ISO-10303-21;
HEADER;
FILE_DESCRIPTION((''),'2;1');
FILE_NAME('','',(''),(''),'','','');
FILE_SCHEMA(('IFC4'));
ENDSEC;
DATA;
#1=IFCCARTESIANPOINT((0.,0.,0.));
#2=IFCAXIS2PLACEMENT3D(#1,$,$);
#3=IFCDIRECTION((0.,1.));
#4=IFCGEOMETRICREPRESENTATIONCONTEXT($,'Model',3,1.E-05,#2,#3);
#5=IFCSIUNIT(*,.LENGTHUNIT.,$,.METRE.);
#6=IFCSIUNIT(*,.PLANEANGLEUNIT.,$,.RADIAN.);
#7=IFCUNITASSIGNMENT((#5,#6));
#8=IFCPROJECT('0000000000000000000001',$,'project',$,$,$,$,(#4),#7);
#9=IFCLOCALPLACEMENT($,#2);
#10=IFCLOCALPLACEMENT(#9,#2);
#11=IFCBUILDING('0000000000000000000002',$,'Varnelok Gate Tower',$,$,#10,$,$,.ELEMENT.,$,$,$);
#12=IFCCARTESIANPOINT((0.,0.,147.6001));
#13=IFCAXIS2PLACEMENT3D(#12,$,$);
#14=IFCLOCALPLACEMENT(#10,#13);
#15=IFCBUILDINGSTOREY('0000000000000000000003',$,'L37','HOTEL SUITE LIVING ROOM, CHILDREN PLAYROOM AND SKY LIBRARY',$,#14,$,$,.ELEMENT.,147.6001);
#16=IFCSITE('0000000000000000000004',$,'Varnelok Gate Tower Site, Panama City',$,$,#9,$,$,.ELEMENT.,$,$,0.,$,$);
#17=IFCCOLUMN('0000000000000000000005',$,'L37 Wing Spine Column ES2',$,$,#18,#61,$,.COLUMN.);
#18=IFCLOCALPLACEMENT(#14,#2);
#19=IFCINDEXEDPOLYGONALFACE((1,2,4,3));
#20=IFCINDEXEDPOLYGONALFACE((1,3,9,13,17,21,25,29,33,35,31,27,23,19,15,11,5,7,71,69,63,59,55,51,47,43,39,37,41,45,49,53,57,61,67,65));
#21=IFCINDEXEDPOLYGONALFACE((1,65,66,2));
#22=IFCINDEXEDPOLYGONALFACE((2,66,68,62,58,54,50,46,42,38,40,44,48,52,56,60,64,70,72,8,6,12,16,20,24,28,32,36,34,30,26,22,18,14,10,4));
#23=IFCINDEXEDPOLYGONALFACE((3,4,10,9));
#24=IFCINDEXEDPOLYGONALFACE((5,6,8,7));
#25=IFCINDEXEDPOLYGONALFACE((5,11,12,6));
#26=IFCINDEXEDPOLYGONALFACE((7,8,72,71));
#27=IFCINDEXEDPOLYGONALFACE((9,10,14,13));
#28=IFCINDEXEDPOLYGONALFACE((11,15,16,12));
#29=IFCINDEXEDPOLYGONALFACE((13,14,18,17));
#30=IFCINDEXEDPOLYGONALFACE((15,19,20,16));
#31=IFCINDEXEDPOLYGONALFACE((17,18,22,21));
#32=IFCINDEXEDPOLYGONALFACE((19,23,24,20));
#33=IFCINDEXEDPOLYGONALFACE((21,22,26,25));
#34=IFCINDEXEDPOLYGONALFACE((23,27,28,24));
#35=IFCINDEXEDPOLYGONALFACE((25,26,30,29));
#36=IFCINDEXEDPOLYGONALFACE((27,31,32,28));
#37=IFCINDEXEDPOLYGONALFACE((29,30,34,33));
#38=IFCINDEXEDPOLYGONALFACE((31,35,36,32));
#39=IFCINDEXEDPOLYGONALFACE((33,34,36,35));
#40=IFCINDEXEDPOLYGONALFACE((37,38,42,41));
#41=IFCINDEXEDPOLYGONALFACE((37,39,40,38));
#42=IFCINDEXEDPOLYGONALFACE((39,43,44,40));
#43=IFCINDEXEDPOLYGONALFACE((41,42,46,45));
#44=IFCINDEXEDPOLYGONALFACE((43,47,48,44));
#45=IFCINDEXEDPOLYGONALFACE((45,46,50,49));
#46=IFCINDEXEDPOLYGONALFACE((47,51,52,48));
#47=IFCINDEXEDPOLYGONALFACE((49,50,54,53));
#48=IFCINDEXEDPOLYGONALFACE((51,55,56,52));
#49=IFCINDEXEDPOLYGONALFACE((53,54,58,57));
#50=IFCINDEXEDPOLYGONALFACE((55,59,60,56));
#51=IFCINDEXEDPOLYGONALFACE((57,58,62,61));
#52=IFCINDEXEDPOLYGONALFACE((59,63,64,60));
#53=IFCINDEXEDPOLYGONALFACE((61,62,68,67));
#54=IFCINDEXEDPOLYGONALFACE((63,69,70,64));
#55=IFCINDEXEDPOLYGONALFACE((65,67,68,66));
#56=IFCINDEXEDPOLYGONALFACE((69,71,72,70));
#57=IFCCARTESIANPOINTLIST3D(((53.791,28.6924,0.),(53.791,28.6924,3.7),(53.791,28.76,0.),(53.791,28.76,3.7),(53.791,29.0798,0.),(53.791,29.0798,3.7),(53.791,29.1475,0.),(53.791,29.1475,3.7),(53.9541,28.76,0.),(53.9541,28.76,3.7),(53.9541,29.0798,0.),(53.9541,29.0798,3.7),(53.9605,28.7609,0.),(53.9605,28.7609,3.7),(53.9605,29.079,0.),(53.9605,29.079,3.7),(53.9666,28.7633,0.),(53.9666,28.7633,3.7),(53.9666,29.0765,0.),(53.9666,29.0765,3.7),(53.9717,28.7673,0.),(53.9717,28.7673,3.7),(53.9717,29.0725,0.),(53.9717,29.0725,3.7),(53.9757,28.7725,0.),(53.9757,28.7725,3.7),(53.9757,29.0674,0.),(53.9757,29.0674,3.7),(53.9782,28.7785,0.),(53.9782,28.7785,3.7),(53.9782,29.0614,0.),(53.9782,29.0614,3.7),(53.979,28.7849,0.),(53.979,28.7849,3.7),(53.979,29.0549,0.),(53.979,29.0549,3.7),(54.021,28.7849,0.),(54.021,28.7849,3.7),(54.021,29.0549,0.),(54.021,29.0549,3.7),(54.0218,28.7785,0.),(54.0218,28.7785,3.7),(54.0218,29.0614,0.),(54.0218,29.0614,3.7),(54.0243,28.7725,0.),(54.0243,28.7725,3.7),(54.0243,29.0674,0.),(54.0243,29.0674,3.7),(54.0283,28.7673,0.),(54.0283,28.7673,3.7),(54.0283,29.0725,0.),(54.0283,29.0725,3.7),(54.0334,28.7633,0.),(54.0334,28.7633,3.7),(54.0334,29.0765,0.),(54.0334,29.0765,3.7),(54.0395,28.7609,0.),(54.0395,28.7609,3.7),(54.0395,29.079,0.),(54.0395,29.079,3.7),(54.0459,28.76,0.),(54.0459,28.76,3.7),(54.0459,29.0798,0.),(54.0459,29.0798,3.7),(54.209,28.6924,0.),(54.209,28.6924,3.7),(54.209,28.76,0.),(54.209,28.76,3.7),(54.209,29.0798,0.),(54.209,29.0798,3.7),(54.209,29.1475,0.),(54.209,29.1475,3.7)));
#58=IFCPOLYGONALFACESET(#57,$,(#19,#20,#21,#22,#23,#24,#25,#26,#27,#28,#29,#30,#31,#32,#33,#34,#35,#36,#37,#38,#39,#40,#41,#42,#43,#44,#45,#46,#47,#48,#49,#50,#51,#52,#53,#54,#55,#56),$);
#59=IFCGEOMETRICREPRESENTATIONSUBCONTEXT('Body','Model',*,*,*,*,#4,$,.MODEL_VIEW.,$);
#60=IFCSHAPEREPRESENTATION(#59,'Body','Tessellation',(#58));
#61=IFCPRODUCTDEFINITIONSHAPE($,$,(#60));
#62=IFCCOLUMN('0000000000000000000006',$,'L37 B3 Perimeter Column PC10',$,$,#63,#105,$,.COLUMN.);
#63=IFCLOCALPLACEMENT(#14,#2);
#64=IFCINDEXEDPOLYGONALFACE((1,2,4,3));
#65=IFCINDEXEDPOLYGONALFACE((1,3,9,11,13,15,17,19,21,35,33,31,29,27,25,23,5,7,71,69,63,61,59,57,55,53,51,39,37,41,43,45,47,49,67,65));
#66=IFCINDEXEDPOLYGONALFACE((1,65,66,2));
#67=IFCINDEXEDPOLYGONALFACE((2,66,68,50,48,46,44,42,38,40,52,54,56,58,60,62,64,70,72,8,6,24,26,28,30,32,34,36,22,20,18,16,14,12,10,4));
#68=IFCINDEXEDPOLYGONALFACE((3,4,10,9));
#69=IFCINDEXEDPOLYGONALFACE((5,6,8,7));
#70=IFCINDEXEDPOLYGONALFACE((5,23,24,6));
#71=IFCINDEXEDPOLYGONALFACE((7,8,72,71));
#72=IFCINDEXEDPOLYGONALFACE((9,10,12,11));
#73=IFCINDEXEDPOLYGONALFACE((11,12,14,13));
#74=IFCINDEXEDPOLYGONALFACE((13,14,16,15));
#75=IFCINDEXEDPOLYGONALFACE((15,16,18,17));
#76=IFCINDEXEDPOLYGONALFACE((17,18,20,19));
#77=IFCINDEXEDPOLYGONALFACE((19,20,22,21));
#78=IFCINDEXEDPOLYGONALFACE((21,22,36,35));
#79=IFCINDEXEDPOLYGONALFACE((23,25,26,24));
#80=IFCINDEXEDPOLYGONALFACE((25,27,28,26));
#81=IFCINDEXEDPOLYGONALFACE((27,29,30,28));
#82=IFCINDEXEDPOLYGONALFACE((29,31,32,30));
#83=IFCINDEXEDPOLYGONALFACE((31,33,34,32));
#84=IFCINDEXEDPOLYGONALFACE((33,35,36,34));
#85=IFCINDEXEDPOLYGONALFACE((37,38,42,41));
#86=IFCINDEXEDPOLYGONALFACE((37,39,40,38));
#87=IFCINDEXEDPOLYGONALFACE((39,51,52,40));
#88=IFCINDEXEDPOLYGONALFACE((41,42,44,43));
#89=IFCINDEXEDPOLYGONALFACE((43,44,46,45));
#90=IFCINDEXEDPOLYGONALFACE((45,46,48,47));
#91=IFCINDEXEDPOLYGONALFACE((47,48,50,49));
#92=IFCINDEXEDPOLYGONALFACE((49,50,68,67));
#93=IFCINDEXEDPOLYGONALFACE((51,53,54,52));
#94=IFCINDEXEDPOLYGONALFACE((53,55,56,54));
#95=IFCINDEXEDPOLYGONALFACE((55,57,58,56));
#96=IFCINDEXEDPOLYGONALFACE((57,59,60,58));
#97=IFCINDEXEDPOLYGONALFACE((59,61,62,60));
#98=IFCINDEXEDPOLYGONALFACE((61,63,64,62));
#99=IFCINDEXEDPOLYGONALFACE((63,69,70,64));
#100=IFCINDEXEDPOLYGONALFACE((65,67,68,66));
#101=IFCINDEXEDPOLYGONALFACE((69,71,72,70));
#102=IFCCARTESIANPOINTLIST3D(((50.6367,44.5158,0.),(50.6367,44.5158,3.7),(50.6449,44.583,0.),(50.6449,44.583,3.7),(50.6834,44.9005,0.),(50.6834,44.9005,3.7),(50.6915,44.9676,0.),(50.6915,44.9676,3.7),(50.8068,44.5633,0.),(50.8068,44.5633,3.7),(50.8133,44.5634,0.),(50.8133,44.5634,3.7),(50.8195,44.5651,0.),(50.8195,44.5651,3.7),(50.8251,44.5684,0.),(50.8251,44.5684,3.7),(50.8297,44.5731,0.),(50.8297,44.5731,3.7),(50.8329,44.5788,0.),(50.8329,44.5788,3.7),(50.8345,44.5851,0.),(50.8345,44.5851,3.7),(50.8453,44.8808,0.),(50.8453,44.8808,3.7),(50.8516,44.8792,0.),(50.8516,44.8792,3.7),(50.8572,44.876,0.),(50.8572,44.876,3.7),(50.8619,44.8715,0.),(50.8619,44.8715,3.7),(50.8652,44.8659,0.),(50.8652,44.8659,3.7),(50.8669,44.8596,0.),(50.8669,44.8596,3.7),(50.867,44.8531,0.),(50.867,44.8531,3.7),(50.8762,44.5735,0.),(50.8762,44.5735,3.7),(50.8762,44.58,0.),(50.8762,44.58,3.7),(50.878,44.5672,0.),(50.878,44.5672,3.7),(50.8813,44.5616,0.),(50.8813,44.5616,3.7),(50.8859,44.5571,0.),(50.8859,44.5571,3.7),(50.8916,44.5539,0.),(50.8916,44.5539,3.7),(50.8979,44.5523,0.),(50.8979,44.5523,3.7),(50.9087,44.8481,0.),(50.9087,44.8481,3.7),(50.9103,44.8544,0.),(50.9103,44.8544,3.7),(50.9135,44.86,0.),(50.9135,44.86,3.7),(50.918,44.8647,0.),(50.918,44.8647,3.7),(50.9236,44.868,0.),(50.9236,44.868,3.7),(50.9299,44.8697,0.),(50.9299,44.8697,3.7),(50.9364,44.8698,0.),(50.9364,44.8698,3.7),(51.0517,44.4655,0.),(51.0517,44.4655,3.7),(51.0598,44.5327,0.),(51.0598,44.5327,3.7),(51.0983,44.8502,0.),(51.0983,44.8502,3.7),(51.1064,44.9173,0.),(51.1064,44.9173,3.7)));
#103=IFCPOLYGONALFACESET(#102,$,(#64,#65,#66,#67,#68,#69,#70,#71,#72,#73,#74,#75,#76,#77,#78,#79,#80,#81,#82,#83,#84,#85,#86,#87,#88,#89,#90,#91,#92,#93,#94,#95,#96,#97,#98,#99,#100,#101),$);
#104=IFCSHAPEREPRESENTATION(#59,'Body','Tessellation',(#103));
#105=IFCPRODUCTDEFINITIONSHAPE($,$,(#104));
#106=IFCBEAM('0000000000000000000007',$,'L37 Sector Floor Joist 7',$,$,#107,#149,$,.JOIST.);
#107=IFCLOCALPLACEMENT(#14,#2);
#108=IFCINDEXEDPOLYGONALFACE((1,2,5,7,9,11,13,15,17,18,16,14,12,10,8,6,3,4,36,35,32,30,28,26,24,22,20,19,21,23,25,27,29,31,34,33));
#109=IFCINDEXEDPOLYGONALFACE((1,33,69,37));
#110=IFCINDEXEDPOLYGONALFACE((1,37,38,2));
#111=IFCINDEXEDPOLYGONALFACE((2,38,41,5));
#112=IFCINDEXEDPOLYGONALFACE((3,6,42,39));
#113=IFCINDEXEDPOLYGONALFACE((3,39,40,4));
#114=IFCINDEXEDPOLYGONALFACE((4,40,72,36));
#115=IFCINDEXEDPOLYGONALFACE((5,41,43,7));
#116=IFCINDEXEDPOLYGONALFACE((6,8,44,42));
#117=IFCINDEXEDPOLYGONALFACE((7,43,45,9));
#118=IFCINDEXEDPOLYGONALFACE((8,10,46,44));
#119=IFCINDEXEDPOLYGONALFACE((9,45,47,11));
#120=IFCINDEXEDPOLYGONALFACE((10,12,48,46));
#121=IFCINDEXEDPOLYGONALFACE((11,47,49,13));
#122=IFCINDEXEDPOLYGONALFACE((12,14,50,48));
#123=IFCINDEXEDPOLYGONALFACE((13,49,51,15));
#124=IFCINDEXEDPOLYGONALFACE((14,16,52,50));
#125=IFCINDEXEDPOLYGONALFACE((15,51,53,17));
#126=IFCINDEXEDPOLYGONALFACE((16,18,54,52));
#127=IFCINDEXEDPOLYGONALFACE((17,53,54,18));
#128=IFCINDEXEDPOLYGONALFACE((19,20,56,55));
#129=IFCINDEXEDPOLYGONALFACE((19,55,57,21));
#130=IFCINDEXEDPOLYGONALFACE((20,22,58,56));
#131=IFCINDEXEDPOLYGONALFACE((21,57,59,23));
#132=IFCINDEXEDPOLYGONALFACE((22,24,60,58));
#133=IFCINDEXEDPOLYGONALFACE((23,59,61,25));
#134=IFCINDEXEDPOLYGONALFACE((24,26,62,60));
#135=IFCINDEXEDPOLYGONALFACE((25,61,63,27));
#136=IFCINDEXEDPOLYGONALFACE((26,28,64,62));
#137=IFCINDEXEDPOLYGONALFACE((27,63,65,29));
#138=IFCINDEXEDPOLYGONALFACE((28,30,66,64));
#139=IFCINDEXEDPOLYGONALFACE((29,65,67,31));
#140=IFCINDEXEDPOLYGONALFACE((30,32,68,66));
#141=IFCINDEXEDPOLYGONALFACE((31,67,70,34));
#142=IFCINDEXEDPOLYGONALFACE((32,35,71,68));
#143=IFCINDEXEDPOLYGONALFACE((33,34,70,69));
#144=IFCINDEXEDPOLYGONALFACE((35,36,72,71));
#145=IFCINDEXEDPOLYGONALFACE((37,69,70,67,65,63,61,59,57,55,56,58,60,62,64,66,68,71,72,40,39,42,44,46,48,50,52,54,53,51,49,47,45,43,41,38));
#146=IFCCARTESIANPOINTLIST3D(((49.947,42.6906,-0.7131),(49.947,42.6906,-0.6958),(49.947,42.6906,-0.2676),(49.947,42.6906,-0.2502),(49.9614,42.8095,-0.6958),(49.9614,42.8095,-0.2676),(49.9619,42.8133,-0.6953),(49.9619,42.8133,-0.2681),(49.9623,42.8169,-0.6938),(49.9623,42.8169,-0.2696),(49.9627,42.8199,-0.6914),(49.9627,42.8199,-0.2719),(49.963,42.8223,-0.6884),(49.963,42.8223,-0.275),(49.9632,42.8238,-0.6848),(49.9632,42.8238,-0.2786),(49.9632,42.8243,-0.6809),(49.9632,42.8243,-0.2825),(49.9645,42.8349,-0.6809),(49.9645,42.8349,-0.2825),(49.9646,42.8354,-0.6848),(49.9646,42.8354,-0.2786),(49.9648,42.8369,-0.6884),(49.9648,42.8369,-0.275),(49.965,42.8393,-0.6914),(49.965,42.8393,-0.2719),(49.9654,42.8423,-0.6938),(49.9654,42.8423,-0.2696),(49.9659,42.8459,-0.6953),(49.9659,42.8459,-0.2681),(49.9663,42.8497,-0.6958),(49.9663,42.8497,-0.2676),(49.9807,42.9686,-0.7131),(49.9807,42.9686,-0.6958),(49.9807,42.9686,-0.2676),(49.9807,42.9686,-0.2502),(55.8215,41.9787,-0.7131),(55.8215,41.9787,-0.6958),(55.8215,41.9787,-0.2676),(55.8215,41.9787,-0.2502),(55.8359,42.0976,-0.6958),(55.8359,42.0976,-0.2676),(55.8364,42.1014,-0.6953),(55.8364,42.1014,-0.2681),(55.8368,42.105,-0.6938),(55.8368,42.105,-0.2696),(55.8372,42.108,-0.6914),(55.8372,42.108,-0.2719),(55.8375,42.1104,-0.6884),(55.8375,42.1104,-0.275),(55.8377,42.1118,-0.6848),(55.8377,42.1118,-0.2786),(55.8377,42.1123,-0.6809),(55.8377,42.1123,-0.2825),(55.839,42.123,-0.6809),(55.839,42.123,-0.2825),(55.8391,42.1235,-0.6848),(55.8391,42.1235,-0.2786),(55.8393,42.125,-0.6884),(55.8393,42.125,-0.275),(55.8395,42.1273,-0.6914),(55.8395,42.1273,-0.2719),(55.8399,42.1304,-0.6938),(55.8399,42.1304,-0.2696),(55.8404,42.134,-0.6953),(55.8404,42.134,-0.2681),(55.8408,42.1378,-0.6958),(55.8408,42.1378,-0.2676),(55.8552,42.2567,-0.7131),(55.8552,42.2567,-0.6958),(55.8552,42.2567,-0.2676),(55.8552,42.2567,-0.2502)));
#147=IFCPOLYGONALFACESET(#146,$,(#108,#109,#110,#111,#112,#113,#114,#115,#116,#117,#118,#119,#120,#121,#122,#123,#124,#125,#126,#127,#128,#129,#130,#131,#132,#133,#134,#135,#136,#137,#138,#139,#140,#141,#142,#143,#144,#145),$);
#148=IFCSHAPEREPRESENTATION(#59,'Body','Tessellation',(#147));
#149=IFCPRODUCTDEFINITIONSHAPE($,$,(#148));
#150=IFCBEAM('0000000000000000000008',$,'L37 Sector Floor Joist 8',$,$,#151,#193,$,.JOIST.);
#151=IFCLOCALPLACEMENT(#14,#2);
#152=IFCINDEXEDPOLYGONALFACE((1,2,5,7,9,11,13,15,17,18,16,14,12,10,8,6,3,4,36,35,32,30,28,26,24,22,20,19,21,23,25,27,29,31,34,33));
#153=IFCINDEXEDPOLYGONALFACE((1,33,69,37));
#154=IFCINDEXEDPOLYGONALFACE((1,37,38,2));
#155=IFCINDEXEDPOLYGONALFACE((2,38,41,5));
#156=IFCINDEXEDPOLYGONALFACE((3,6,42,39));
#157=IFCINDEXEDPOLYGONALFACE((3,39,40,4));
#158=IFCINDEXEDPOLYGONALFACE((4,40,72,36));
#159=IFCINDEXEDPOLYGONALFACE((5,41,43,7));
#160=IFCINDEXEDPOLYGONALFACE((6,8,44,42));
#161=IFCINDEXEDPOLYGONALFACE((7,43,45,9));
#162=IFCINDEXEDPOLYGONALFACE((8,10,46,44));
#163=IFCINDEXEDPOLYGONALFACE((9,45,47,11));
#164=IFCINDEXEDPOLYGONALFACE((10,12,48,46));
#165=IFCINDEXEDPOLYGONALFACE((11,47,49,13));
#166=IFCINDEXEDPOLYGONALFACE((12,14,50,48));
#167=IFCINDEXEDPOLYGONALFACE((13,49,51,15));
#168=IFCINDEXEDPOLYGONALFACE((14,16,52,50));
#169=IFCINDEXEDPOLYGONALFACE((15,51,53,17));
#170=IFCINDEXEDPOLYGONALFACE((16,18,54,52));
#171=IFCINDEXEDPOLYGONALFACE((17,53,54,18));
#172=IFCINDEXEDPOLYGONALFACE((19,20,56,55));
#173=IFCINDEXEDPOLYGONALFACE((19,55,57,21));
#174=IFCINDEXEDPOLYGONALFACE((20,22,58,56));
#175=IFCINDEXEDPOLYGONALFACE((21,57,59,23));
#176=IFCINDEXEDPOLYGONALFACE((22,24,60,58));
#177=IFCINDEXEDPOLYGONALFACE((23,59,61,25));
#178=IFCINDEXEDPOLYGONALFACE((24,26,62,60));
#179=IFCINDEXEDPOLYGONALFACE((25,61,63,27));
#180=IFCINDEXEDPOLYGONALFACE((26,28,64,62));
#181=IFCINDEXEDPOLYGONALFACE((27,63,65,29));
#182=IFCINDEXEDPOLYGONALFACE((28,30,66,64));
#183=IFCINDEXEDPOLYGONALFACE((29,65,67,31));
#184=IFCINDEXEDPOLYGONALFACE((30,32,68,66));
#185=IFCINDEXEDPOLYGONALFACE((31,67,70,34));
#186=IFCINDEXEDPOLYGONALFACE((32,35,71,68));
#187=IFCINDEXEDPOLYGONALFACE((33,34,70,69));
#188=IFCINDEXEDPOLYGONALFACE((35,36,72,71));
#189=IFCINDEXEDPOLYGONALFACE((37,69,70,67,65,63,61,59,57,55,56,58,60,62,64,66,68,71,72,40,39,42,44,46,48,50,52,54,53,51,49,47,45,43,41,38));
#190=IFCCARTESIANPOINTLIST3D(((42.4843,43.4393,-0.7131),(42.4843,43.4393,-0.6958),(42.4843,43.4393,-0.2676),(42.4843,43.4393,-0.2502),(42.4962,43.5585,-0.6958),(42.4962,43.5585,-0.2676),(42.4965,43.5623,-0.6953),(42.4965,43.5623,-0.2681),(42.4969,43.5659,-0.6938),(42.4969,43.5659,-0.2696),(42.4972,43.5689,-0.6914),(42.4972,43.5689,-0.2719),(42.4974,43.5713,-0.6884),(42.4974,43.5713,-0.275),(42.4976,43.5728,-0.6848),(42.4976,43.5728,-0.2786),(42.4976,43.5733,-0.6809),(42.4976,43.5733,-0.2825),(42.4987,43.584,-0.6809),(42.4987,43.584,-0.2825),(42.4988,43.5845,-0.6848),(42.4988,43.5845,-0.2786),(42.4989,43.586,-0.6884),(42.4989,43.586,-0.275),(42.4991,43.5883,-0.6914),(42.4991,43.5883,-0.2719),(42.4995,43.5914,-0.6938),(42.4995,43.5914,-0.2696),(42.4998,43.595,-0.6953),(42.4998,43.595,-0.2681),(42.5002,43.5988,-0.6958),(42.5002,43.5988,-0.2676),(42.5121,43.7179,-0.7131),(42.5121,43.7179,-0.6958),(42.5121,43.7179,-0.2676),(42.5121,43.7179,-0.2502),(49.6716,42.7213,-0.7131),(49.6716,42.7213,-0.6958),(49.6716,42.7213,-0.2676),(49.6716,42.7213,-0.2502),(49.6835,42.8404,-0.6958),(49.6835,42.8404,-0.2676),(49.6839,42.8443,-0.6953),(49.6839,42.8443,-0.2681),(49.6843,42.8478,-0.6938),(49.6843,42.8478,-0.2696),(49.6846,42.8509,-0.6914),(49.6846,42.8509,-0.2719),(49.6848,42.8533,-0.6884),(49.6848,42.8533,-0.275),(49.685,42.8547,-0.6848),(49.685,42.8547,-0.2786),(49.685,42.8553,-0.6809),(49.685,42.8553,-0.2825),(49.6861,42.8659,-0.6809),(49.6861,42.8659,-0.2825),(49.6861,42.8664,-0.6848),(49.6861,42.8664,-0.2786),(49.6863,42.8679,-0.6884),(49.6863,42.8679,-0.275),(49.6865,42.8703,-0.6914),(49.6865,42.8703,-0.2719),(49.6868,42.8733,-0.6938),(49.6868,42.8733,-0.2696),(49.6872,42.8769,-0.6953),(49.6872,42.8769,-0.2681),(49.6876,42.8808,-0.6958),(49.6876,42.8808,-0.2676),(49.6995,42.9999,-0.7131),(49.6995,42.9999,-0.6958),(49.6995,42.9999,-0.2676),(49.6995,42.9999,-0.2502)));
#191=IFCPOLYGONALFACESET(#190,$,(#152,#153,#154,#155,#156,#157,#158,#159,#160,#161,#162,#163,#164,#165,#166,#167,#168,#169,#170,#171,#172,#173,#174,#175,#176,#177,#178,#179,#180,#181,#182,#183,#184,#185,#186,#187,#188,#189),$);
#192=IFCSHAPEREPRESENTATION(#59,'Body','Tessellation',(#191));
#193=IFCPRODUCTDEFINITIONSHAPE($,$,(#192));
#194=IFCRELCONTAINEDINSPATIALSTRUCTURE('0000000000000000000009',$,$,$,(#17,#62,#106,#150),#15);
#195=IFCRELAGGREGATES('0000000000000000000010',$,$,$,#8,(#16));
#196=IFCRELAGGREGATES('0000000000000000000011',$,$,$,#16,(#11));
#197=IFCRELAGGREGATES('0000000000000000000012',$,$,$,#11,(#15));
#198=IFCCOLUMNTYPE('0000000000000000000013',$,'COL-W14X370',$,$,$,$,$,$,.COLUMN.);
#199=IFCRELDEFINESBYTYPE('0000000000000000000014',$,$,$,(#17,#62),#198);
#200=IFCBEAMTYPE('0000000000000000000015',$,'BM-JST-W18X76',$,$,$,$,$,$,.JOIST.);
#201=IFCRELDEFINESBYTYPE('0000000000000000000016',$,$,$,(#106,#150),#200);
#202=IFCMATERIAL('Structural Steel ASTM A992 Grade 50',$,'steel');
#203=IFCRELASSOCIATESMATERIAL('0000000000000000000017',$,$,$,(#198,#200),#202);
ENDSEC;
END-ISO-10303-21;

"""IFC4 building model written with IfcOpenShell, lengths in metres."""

from ifc_helpers import new_model, si_unit, direction, frame, origin, origin_2d, place, context, subcontext, project, spatial, i_section, extrude, material, material_profile, profile_set, type_object, element, save


model = new_model("IFC4")

# Units and contexts
model_context = context("Model", 3, precision=1e-05, world=origin(), true_north=direction((0.0, 1.0)))
body_context = subcontext(model_context, "Body", "Model", "MODEL_VIEW")
ifc_project = project(units=[si_unit("LENGTHUNIT", "METRE"), si_unit("PLANEANGLEUNIT", "RADIAN")], contexts=[model_context])

# Site, building, storey
site_placement = place(None, origin())
site = spatial("IfcSite", under=ifc_project, at=site_placement, Name="Varnelok Gate Tower Site, Panama City", CompositionType="ELEMENT", RefElevation=0.0)
building_placement = place(site_placement, origin())
building = spatial("IfcBuilding", under=site, at=building_placement, Name="Varnelok Gate Tower", CompositionType="ELEMENT")
storey_placement = place(building_placement, frame((0.0, 0.0, 147.6001)))
storey = spatial("IfcBuildingStorey", under=building, at=storey_placement, Name="L37", Description="HOTEL SUITE LIVING ROOM, CHILDREN PLAYROOM AND SKY LIBRARY", CompositionType="ELEMENT", Elevation=147.6001)

# Columns
ifc_material_1 = material(Name="Structural Steel ASTM A992 Grade 50", Category="steel")
ifc_material_profile_1 = material_profile(ifc_material_1, i_section(OverallWidth=0.418, OverallDepth=0.4551, WebThickness=0.042, FlangeThickness=0.0676, FilletRadius=0.0249, at=origin_2d()), Name="W14X370")
ifc_profile_set_1 = profile_set([ifc_material_profile_1], Name="Structural Steel ASTM A992 Grade 50")
column_type = type_object("IfcColumnType", Name="COL-W14X370", PredefinedType="COLUMN", material=ifc_profile_set_1)
for number, where, z_axis, x_axis, name in (
    (1, (54.0, 28.9199, 0.0), (0.0, 0.0, 1.0), (1.0, 0.0, 0.0), "L37 Wing Spine Column ES2"),
    (2, (50.8716, 44.7166, 0.0), (0.0, 0.0, 1.0), (0.992732, -0.120345, 0.0), "L37 B3 Perimeter Column PC10"),
):
    element("IfcColumn", number, at=place(storey_placement, frame(where, z_axis=z_axis, x_axis=x_axis)), inside=storey, type_object=column_type, Name=name, PredefinedType="COLUMN", context=body_context, shape_type="SweptSolid", body=[
        extrude(i_section(OverallWidth=0.418, OverallDepth=0.4551, WebThickness=0.042, FlangeThickness=0.0676, FilletRadius=0.0249, at=origin_2d()), origin(), (0.0, 0.0, 1.0), 3.7),
    ])

# Beams
ifc_material_profile_2 = material_profile(ifc_material_1, i_section(OverallWidth=0.28, OverallDepth=0.4629, WebThickness=0.0107, FlangeThickness=0.0173, FilletRadius=0.0149, at=origin_2d()), Name="W18X76")
ifc_profile_set_2 = profile_set([ifc_material_profile_2], Name="Structural Steel ASTM A992 Grade 50")
beam_type_1 = type_object("IfcBeamType", Name="BM-JST-W18X76", PredefinedType="JOIST", material=ifc_profile_set_2)
beam_1_placement = place(storey_placement, frame((55.8384, 42.1177, -0.4817), z_axis=(-0.992737, 0.120307, 0.0), x_axis=(-0.120307, -0.992737, 0.0)))
element("IfcBeam", 3, at=beam_1_placement, inside=storey, type_object=beam_type_1, Name="L37 Sector Floor Joist 7", PredefinedType="JOIST", context=body_context, shape_type="SweptSolid", body=[
    extrude(i_section(OverallWidth=0.28, OverallDepth=0.4629, WebThickness=0.0107, FlangeThickness=0.0173, FilletRadius=0.0149, at=origin_2d()), origin(), (0.0, 0.0, 1.0), 5.9175),
])
beam_2_placement = place(storey_placement, frame((49.6855, 42.8606, -0.4817), z_axis=(-0.995047, 0.099407, 0.0), x_axis=(-0.099407, -0.995047, 0.0)))
element("IfcBeam", 4, at=beam_2_placement, inside=storey, type_object=beam_type_1, Name="L37 Sector Floor Joist 8", PredefinedType="JOIST", context=body_context, shape_type="SweptSolid", body=[
    extrude(i_section(OverallWidth=0.28, OverallDepth=0.4629, WebThickness=0.0107, FlangeThickness=0.0173, FilletRadius=0.0149, at=origin_2d()), origin(), (0.0, 0.0, 1.0), 7.2231),
])

save(model, "model.ifc")
